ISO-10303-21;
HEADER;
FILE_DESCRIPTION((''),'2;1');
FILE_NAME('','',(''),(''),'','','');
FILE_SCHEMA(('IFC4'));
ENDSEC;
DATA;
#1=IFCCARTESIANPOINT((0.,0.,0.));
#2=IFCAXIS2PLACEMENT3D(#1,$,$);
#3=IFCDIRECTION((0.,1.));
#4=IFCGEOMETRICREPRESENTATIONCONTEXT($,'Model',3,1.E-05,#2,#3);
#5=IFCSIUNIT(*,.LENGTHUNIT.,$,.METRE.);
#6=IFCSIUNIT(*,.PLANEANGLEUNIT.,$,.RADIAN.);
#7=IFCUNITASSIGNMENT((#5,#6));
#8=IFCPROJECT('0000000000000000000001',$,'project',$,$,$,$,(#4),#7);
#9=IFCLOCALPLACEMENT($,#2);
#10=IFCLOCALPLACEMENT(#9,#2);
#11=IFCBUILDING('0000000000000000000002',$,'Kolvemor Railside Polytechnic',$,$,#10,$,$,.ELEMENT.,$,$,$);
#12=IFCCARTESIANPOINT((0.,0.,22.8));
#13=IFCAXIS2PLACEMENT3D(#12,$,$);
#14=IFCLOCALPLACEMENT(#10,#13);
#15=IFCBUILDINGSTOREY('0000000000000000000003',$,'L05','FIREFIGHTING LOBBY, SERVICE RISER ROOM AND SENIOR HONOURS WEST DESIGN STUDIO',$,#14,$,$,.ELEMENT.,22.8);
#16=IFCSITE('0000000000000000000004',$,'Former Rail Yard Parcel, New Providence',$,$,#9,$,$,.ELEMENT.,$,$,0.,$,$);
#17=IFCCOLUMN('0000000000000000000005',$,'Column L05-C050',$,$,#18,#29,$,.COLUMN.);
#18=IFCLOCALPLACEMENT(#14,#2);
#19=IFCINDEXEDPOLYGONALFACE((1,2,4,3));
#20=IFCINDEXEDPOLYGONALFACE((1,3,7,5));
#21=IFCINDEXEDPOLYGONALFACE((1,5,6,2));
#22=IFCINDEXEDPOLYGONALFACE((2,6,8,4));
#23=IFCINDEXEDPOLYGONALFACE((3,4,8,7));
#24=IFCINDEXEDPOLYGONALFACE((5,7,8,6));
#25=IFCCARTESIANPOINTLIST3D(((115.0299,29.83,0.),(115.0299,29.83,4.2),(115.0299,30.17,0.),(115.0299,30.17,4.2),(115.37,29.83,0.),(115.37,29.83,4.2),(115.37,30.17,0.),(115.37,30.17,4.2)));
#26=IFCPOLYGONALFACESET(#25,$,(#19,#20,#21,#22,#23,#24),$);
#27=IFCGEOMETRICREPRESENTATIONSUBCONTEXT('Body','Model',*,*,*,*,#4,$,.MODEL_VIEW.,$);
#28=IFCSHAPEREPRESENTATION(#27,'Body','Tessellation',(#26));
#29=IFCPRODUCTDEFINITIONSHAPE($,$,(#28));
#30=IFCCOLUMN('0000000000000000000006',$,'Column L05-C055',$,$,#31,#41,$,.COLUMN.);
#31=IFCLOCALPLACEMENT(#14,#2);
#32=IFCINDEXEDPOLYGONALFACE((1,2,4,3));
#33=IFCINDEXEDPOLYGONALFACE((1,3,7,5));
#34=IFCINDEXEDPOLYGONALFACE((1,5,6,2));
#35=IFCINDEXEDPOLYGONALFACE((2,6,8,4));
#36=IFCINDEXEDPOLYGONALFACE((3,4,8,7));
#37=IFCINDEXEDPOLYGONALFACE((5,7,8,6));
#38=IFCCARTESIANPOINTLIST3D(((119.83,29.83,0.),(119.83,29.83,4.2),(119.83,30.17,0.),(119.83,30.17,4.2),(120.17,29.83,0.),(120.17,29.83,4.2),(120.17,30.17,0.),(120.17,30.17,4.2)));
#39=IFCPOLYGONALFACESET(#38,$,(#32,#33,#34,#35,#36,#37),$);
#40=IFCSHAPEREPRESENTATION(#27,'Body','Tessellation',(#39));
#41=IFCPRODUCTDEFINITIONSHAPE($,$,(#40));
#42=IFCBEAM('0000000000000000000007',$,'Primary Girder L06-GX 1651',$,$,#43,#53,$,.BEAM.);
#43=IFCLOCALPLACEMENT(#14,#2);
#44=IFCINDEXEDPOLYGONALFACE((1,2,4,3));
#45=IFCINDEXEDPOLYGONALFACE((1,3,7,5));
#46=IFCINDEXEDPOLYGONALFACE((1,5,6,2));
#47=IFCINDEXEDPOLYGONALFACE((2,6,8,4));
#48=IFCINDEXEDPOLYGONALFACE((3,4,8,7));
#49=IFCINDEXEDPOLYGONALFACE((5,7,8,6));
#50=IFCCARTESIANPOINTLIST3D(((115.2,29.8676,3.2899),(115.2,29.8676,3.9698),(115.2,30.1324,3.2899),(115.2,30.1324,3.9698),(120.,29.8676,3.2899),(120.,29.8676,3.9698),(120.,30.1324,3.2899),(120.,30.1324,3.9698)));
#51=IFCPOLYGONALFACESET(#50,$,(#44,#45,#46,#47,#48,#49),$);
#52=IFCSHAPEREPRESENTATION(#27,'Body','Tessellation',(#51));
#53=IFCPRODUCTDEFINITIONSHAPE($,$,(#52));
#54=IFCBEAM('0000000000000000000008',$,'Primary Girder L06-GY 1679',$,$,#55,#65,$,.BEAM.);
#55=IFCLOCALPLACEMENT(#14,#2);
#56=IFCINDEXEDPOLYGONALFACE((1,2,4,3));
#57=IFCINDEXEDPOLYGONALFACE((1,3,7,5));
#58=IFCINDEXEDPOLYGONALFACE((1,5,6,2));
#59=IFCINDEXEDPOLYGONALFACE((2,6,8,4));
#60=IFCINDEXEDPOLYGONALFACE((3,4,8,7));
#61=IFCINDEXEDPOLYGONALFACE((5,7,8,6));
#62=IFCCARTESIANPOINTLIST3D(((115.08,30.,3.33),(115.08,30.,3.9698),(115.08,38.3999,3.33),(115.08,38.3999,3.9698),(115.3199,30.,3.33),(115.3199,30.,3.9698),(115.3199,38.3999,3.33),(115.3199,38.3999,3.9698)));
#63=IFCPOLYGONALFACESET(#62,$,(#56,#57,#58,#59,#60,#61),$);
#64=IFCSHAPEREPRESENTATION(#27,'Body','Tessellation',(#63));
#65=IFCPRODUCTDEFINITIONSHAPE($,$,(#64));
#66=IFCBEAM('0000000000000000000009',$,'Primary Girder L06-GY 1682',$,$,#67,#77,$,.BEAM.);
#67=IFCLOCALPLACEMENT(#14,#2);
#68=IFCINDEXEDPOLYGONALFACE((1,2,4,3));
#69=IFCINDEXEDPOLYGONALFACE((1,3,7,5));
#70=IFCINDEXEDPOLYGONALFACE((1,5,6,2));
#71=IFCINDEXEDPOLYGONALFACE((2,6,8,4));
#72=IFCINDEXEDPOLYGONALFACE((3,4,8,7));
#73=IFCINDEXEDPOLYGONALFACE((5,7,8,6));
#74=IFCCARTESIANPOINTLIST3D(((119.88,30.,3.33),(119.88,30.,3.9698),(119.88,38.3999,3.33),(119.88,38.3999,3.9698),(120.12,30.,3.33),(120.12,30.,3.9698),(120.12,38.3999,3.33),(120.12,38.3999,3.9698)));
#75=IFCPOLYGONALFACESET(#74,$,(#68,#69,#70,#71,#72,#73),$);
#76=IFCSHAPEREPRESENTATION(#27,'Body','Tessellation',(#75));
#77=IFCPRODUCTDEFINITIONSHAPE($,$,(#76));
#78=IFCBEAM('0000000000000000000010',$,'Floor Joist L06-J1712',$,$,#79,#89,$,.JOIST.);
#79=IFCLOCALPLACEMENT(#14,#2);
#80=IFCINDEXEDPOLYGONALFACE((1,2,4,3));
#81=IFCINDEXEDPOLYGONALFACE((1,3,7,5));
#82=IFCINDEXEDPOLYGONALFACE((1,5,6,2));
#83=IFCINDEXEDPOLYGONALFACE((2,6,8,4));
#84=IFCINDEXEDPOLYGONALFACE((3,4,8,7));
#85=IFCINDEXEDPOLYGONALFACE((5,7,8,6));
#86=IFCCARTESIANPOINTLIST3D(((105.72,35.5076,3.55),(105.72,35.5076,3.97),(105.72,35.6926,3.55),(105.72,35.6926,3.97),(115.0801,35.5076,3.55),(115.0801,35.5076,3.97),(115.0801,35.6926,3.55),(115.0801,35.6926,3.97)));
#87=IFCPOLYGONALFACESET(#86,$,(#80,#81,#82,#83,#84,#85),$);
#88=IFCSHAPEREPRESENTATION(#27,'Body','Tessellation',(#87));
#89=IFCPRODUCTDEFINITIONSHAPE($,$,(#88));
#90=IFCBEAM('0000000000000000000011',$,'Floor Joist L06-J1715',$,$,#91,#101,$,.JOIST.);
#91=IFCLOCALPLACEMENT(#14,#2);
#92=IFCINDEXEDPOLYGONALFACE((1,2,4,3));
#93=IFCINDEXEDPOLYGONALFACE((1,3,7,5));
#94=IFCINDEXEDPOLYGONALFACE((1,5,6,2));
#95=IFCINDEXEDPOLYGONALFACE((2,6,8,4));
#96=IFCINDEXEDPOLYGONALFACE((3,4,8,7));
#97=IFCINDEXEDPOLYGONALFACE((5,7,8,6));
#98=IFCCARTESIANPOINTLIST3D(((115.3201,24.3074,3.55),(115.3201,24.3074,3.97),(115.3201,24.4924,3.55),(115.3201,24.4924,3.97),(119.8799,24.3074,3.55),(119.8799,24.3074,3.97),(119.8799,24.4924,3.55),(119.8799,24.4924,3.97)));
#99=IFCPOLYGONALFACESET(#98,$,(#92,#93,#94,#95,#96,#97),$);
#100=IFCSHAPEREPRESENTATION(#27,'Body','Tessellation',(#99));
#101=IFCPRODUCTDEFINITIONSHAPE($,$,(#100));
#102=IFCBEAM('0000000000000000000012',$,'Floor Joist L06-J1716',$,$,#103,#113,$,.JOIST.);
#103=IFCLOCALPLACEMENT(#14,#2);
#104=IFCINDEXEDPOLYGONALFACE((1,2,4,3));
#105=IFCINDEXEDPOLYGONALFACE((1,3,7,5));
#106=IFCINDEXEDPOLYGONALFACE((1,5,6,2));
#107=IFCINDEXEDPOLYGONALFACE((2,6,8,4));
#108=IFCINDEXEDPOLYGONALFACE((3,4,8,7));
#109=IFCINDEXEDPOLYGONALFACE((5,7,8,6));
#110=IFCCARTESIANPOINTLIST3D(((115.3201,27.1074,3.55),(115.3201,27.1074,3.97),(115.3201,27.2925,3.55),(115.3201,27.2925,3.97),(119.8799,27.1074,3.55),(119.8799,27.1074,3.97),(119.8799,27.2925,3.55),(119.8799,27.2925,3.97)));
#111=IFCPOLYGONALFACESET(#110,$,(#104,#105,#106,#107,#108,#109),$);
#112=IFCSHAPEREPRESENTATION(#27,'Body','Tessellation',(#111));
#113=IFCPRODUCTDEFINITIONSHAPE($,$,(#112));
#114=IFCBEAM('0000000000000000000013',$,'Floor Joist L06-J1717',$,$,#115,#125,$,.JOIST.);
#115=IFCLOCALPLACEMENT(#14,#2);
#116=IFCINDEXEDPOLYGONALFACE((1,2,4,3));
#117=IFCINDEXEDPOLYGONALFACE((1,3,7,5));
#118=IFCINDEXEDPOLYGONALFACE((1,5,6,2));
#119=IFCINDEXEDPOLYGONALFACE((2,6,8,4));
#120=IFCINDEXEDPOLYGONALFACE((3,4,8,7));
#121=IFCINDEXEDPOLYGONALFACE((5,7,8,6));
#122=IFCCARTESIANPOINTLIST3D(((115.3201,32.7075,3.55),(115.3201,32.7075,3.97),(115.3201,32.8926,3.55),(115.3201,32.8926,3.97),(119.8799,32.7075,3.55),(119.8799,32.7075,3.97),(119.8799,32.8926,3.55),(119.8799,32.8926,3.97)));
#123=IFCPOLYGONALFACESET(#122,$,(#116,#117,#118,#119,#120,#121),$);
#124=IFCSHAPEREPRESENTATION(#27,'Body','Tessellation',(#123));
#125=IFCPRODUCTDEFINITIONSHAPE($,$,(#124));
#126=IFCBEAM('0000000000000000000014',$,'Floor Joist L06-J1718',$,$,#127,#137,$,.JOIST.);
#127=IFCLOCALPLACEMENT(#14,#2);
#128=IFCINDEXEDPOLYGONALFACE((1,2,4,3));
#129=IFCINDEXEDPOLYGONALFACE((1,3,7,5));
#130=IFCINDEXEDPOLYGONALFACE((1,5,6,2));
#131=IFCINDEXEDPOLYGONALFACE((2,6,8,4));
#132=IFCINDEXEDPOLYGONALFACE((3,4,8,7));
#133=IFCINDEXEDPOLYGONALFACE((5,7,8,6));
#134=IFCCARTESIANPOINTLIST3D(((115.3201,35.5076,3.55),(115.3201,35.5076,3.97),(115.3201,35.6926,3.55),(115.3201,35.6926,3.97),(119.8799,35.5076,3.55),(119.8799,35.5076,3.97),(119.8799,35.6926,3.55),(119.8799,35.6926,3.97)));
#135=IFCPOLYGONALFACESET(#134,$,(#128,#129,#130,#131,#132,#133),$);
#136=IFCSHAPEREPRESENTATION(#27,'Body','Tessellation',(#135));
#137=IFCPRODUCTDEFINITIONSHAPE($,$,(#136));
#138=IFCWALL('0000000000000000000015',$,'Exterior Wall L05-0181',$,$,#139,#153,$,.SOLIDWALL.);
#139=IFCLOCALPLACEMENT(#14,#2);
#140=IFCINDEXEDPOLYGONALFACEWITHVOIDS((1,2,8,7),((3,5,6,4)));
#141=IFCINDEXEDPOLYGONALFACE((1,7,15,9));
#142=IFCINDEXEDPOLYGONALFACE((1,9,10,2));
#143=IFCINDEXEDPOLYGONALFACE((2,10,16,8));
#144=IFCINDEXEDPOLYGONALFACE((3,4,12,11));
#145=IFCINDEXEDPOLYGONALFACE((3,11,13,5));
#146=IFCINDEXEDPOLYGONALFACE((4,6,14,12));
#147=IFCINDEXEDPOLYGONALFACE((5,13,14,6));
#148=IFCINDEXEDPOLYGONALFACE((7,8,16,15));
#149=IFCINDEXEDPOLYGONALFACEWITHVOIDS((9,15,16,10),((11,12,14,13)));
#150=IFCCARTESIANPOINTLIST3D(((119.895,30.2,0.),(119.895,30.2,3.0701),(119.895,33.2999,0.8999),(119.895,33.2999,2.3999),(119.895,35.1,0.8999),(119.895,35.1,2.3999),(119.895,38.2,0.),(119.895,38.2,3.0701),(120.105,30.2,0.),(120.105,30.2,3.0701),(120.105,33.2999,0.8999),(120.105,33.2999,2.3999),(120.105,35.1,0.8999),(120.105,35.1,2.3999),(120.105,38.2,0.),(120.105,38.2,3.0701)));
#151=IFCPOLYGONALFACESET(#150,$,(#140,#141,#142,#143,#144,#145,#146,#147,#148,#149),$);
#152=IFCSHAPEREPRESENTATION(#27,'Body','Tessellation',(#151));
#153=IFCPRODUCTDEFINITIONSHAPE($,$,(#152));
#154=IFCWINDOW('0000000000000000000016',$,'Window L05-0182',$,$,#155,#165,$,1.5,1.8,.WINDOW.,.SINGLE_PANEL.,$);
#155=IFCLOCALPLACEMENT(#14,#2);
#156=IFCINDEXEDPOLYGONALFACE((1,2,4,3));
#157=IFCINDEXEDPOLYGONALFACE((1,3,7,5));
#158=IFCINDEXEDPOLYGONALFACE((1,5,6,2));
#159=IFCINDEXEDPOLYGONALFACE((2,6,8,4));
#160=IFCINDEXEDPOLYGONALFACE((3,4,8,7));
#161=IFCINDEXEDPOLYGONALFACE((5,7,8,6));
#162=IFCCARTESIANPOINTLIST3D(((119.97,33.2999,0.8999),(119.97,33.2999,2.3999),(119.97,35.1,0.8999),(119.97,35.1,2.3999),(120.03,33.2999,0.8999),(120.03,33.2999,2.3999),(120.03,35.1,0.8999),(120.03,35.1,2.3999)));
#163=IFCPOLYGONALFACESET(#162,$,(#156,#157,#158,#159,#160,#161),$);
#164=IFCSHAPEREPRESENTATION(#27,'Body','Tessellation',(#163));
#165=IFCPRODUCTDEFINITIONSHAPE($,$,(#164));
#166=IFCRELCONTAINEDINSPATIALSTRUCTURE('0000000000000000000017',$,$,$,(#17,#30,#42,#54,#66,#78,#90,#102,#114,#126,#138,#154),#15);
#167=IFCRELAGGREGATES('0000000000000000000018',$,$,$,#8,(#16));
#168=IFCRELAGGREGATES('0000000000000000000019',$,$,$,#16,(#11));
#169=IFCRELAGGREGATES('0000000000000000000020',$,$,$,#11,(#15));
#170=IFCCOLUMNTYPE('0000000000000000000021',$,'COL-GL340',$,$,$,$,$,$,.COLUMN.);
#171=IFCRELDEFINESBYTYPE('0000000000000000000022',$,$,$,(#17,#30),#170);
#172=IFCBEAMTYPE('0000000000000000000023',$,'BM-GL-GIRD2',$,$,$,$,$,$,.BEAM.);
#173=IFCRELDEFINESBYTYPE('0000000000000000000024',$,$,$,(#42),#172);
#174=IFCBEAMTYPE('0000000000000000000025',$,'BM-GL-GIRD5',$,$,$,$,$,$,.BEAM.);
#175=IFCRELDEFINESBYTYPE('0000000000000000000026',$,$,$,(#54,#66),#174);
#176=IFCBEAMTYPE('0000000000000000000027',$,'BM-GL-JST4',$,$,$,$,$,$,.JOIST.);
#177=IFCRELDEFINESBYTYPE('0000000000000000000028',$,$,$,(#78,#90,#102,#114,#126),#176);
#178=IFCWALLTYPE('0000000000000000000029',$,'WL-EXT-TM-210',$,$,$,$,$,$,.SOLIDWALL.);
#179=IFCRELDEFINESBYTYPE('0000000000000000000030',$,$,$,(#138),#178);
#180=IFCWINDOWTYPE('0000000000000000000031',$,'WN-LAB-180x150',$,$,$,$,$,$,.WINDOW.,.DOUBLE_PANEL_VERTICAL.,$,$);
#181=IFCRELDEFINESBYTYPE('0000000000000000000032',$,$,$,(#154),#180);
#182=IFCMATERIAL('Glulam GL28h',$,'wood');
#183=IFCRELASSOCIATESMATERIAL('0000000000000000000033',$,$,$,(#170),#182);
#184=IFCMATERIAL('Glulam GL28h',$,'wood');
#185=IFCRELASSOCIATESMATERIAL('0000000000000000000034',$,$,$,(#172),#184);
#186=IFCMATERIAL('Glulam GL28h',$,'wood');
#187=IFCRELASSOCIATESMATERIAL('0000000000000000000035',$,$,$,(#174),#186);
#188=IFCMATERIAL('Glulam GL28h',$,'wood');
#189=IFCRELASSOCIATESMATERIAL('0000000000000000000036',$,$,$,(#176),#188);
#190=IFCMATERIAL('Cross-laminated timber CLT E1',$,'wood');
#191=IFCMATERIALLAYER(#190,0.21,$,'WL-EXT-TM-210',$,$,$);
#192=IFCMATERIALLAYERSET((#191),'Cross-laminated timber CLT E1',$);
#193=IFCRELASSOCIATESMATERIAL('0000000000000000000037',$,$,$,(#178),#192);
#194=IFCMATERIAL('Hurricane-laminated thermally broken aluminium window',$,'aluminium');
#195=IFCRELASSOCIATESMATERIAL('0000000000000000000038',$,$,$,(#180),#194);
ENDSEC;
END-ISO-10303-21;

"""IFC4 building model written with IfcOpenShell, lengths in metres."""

from ifc_helpers import new_model, si_unit, direction, frame, frame_2d, origin, origin_2d, place, context, subcontext, project, spatial, rectangle, extrude, material, layer, layer_set, material_profile, profile_set, type_object, element, fill, save


model = new_model("IFC4")

# Units and contexts
model_context = context("Model", 3, precision=1e-05, world=origin(), true_north=direction((0.0, 1.0)))
body_context = subcontext(model_context, "Body", "Model", "MODEL_VIEW")
ifc_project = project(units=[si_unit("LENGTHUNIT", "METRE"), si_unit("PLANEANGLEUNIT", "RADIAN")], contexts=[model_context])

# Site, building, storey
site_placement = place(None, origin())
site = spatial("IfcSite", under=ifc_project, at=site_placement, Name="Former Rail Yard Parcel, New Providence", CompositionType="ELEMENT", RefElevation=0.0)
building_placement = place(site_placement, origin())
building = spatial("IfcBuilding", under=site, at=building_placement, Name="Kolvemor Railside Polytechnic", CompositionType="ELEMENT")
storey_placement = place(building_placement, frame((0.0, 0.0, 22.8)))
storey = spatial("IfcBuildingStorey", under=building, at=storey_placement, Name="L05", Description="FIREFIGHTING LOBBY, SERVICE RISER ROOM AND SENIOR HONOURS WEST DESIGN STUDIO", CompositionType="ELEMENT", Elevation=22.8)

# Columns
ifc_material_1 = material(Name="Glulam GL28h", Category="wood")
ifc_material_profile_1 = material_profile(ifc_material_1, rectangle(XDim=0.3401, YDim=0.3401, at=origin_2d()), Name="GL340x340")
ifc_profile_set_1 = profile_set([ifc_material_profile_1], Name="Glulam GL28h")
column_type = type_object("IfcColumnType", Name="COL-GL340", PredefinedType="COLUMN", material=ifc_profile_set_1)
for number, where, z_axis, x_axis, name in (
    (1, (115.2, 30.0, 0.0), (0.0, 0.0, 1.0), (1.0, 0.0, 0.0), "Column L05-C050"),
    (2, (120.0, 30.0, 0.0), (0.0, 0.0, 1.0), (1.0, 0.0, 0.0), "Column L05-C055"),
):
    element("IfcColumn", number, at=place(storey_placement, frame(where, z_axis=z_axis, x_axis=x_axis)), inside=storey, type_object=column_type, Name=name, PredefinedType="COLUMN", context=body_context, shape_type="SweptSolid", body=[
        extrude(rectangle(XDim=0.3401, YDim=0.3401, at=origin_2d()), origin(), (0.0, 0.0, 1.0), 4.2),
    ])

# Beams
ifc_material_2 = material(Name="Glulam GL28h", Category="wood")
ifc_material_profile_2 = material_profile(ifc_material_2, rectangle(XDim=0.2649, YDim=0.6799, at=origin_2d()), Name="GL265x680")
ifc_profile_set_2 = profile_set([ifc_material_profile_2], Name="Glulam GL28h")
beam_type_1 = type_object("IfcBeamType", Name="BM-GL-GIRD2", PredefinedType="BEAM", material=ifc_profile_set_2)
beam_1_placement = place(storey_placement, frame((115.2, 30.0, 3.6299), z_axis=(1.0, 0.0, 0.0), x_axis=(0.0, 1.0, 0.0)))
element("IfcBeam", 3, at=beam_1_placement, inside=storey, type_object=beam_type_1, Name="Primary Girder L06-GX 1651", PredefinedType="BEAM", context=body_context, shape_type="SweptSolid", body=[
    extrude(rectangle(XDim=0.2649, YDim=0.6799, at=origin_2d()), origin(), (0.0, 0.0, 1.0), 4.8),
])
ifc_material_3 = material(Name="Glulam GL28h", Category="wood")
ifc_material_profile_3 = material_profile(ifc_material_3, rectangle(XDim=0.24, YDim=0.6399, at=origin_2d()), Name="GL240x640")
ifc_profile_set_3 = profile_set([ifc_material_profile_3], Name="Glulam GL28h")
beam_type_2 = type_object("IfcBeamType", Name="BM-GL-GIRD5", PredefinedType="BEAM", material=ifc_profile_set_3)
for number, where, z_axis, x_axis, name in (
    (4, (115.2, 30.0, 3.6499), (0.0, 1.0, 0.0), (-1.0, 0.0, 0.0), "Primary Girder L06-GY 1679"),
    (5, (120.0, 30.0, 3.6499), (0.0, 1.0, 0.0), (-1.0, 0.0, 0.0), "Primary Girder L06-GY 1682"),
):
    element("IfcBeam", number, at=place(storey_placement, frame(where, z_axis=z_axis, x_axis=x_axis)), inside=storey, type_object=beam_type_2, Name=name, PredefinedType="BEAM", context=body_context, shape_type="SweptSolid", body=[
        extrude(rectangle(XDim=0.24, YDim=0.6399, at=origin_2d()), origin(), (0.0, 0.0, 1.0), 8.3999),
    ])
ifc_material_4 = material(Name="Glulam GL28h", Category="wood")
ifc_material_profile_4 = material_profile(ifc_material_4, rectangle(XDim=0.1851, YDim=0.4199, at=origin_2d()), Name="GL185x420")
ifc_profile_set_4 = profile_set([ifc_material_profile_4], Name="Glulam GL28h")
beam_type_3 = type_object("IfcBeamType", Name="BM-GL-JST4", PredefinedType="JOIST", material=ifc_profile_set_4)
beam_2_placement = place(storey_placement, frame((105.72, 35.6001, 3.76), z_axis=(1.0, 0.0, 0.0), x_axis=(0.0, 1.0, 0.0)))
element("IfcBeam", 6, at=beam_2_placement, inside=storey, type_object=beam_type_3, Name="Floor Joist L06-J1712", PredefinedType="JOIST", context=body_context, shape_type="SweptSolid", body=[
    extrude(rectangle(XDim=0.1851, YDim=0.4199, at=origin_2d()), origin(), (0.0, 0.0, 1.0), 9.3601),
])
for number, where, z_axis, x_axis, name in (
    (7, (115.3201, 24.3999, 3.76), (1.0, 0.0, 0.0), (0.0, 1.0, 0.0), "Floor Joist L06-J1715"),
    (8, (115.3201, 27.2, 3.76), (1.0, 0.0, 0.0), (0.0, 1.0, 0.0), "Floor Joist L06-J1716"),
    (9, (115.3201, 32.8, 3.76), (1.0, 0.0, 0.0), (0.0, 1.0, 0.0), "Floor Joist L06-J1717"),
    (10, (115.3201, 35.6001, 3.76), (1.0, 0.0, 0.0), (0.0, 1.0, 0.0), "Floor Joist L06-J1718"),
):
    element("IfcBeam", number, at=place(storey_placement, frame(where, z_axis=z_axis, x_axis=x_axis)), inside=storey, type_object=beam_type_3, Name=name, PredefinedType="JOIST", context=body_context, shape_type="SweptSolid", body=[
        extrude(rectangle(XDim=0.1851, YDim=0.4199, at=origin_2d()), origin(), (0.0, 0.0, 1.0), 4.5598),
    ])

# Wall, opening, window
ifc_material_5 = material(Name="Cross-laminated timber CLT E1", Category="wood")
ifc_layer_1 = layer(ifc_material_5, 0.21, Name="WL-EXT-TM-210")
ifc_layer_set_1 = layer_set([ifc_layer_1], Name="Cross-laminated timber CLT E1")
wall_type_1 = type_object("IfcWallType", Name="WL-EXT-TM-210", PredefinedType="SOLIDWALL", material=ifc_layer_set_1)
wall_1_placement = place(storey_placement, frame((120.0, 30.2, 0.0), z_axis=(0.0, 0.0, 1.0), x_axis=(0.0, 1.0, 0.0)))
wall_1 = element("IfcWall", 11, at=wall_1_placement, inside=storey, type_object=wall_type_1, Name="Exterior Wall L05-0181", PredefinedType="SOLIDWALL", context=body_context, shape_type="SweptSolid", body=[
    extrude(rectangle(XDim=8.0, YDim=0.21, at=frame_2d((4.0, 0.0))), origin(), (0.0, 0.0, 1.0), 3.0701),
])
opening_1_placement = place(wall_1_placement, frame((3.1001, 0.0, 0.8999)))
opening_1 = element("IfcOpeningElement", 12, at=opening_1_placement, cuts=wall_1, PredefinedType="OPENING", context=body_context, shape_type="SweptSolid", body=[
    extrude(rectangle(XDim=1.8, YDim=1.5, at=frame_2d((0.8999, 0.75))), frame((0.0, 0.115, 0.0), z_axis=(0.0, -1.0, 0.0), x_axis=(1.0, 0.0, 0.0)), (0.0, 0.0, 1.0), 0.23),
])
ifc_material_6 = material(Name="Hurricane-laminated thermally broken aluminium window", Category="aluminium")
window_type = type_object("IfcWindowType", Name="WN-LAB-180x150", PartitioningType="DOUBLE_PANEL_VERTICAL", PredefinedType="WINDOW", material=ifc_material_6)
window_placement = place(opening_1_placement, origin())
window = element("IfcWindow", 13, at=window_placement, inside=storey, type_object=window_type, Name="Window L05-0182", OverallHeight=1.5, OverallWidth=1.8, PartitioningType="SINGLE_PANEL", PredefinedType="WINDOW", context=body_context, shape_type="SweptSolid", body=[
    extrude(rectangle(XDim=1.8, YDim=1.5, at=frame_2d((0.8999, 0.75))), frame((0.0, 0.03, 0.0), z_axis=(0.0, -1.0, 0.0), x_axis=(1.0, 0.0, 0.0)), (0.0, 0.0, 1.0), 0.0601),
])
fill(opening_1, window)

save(model, "model.ifc")
